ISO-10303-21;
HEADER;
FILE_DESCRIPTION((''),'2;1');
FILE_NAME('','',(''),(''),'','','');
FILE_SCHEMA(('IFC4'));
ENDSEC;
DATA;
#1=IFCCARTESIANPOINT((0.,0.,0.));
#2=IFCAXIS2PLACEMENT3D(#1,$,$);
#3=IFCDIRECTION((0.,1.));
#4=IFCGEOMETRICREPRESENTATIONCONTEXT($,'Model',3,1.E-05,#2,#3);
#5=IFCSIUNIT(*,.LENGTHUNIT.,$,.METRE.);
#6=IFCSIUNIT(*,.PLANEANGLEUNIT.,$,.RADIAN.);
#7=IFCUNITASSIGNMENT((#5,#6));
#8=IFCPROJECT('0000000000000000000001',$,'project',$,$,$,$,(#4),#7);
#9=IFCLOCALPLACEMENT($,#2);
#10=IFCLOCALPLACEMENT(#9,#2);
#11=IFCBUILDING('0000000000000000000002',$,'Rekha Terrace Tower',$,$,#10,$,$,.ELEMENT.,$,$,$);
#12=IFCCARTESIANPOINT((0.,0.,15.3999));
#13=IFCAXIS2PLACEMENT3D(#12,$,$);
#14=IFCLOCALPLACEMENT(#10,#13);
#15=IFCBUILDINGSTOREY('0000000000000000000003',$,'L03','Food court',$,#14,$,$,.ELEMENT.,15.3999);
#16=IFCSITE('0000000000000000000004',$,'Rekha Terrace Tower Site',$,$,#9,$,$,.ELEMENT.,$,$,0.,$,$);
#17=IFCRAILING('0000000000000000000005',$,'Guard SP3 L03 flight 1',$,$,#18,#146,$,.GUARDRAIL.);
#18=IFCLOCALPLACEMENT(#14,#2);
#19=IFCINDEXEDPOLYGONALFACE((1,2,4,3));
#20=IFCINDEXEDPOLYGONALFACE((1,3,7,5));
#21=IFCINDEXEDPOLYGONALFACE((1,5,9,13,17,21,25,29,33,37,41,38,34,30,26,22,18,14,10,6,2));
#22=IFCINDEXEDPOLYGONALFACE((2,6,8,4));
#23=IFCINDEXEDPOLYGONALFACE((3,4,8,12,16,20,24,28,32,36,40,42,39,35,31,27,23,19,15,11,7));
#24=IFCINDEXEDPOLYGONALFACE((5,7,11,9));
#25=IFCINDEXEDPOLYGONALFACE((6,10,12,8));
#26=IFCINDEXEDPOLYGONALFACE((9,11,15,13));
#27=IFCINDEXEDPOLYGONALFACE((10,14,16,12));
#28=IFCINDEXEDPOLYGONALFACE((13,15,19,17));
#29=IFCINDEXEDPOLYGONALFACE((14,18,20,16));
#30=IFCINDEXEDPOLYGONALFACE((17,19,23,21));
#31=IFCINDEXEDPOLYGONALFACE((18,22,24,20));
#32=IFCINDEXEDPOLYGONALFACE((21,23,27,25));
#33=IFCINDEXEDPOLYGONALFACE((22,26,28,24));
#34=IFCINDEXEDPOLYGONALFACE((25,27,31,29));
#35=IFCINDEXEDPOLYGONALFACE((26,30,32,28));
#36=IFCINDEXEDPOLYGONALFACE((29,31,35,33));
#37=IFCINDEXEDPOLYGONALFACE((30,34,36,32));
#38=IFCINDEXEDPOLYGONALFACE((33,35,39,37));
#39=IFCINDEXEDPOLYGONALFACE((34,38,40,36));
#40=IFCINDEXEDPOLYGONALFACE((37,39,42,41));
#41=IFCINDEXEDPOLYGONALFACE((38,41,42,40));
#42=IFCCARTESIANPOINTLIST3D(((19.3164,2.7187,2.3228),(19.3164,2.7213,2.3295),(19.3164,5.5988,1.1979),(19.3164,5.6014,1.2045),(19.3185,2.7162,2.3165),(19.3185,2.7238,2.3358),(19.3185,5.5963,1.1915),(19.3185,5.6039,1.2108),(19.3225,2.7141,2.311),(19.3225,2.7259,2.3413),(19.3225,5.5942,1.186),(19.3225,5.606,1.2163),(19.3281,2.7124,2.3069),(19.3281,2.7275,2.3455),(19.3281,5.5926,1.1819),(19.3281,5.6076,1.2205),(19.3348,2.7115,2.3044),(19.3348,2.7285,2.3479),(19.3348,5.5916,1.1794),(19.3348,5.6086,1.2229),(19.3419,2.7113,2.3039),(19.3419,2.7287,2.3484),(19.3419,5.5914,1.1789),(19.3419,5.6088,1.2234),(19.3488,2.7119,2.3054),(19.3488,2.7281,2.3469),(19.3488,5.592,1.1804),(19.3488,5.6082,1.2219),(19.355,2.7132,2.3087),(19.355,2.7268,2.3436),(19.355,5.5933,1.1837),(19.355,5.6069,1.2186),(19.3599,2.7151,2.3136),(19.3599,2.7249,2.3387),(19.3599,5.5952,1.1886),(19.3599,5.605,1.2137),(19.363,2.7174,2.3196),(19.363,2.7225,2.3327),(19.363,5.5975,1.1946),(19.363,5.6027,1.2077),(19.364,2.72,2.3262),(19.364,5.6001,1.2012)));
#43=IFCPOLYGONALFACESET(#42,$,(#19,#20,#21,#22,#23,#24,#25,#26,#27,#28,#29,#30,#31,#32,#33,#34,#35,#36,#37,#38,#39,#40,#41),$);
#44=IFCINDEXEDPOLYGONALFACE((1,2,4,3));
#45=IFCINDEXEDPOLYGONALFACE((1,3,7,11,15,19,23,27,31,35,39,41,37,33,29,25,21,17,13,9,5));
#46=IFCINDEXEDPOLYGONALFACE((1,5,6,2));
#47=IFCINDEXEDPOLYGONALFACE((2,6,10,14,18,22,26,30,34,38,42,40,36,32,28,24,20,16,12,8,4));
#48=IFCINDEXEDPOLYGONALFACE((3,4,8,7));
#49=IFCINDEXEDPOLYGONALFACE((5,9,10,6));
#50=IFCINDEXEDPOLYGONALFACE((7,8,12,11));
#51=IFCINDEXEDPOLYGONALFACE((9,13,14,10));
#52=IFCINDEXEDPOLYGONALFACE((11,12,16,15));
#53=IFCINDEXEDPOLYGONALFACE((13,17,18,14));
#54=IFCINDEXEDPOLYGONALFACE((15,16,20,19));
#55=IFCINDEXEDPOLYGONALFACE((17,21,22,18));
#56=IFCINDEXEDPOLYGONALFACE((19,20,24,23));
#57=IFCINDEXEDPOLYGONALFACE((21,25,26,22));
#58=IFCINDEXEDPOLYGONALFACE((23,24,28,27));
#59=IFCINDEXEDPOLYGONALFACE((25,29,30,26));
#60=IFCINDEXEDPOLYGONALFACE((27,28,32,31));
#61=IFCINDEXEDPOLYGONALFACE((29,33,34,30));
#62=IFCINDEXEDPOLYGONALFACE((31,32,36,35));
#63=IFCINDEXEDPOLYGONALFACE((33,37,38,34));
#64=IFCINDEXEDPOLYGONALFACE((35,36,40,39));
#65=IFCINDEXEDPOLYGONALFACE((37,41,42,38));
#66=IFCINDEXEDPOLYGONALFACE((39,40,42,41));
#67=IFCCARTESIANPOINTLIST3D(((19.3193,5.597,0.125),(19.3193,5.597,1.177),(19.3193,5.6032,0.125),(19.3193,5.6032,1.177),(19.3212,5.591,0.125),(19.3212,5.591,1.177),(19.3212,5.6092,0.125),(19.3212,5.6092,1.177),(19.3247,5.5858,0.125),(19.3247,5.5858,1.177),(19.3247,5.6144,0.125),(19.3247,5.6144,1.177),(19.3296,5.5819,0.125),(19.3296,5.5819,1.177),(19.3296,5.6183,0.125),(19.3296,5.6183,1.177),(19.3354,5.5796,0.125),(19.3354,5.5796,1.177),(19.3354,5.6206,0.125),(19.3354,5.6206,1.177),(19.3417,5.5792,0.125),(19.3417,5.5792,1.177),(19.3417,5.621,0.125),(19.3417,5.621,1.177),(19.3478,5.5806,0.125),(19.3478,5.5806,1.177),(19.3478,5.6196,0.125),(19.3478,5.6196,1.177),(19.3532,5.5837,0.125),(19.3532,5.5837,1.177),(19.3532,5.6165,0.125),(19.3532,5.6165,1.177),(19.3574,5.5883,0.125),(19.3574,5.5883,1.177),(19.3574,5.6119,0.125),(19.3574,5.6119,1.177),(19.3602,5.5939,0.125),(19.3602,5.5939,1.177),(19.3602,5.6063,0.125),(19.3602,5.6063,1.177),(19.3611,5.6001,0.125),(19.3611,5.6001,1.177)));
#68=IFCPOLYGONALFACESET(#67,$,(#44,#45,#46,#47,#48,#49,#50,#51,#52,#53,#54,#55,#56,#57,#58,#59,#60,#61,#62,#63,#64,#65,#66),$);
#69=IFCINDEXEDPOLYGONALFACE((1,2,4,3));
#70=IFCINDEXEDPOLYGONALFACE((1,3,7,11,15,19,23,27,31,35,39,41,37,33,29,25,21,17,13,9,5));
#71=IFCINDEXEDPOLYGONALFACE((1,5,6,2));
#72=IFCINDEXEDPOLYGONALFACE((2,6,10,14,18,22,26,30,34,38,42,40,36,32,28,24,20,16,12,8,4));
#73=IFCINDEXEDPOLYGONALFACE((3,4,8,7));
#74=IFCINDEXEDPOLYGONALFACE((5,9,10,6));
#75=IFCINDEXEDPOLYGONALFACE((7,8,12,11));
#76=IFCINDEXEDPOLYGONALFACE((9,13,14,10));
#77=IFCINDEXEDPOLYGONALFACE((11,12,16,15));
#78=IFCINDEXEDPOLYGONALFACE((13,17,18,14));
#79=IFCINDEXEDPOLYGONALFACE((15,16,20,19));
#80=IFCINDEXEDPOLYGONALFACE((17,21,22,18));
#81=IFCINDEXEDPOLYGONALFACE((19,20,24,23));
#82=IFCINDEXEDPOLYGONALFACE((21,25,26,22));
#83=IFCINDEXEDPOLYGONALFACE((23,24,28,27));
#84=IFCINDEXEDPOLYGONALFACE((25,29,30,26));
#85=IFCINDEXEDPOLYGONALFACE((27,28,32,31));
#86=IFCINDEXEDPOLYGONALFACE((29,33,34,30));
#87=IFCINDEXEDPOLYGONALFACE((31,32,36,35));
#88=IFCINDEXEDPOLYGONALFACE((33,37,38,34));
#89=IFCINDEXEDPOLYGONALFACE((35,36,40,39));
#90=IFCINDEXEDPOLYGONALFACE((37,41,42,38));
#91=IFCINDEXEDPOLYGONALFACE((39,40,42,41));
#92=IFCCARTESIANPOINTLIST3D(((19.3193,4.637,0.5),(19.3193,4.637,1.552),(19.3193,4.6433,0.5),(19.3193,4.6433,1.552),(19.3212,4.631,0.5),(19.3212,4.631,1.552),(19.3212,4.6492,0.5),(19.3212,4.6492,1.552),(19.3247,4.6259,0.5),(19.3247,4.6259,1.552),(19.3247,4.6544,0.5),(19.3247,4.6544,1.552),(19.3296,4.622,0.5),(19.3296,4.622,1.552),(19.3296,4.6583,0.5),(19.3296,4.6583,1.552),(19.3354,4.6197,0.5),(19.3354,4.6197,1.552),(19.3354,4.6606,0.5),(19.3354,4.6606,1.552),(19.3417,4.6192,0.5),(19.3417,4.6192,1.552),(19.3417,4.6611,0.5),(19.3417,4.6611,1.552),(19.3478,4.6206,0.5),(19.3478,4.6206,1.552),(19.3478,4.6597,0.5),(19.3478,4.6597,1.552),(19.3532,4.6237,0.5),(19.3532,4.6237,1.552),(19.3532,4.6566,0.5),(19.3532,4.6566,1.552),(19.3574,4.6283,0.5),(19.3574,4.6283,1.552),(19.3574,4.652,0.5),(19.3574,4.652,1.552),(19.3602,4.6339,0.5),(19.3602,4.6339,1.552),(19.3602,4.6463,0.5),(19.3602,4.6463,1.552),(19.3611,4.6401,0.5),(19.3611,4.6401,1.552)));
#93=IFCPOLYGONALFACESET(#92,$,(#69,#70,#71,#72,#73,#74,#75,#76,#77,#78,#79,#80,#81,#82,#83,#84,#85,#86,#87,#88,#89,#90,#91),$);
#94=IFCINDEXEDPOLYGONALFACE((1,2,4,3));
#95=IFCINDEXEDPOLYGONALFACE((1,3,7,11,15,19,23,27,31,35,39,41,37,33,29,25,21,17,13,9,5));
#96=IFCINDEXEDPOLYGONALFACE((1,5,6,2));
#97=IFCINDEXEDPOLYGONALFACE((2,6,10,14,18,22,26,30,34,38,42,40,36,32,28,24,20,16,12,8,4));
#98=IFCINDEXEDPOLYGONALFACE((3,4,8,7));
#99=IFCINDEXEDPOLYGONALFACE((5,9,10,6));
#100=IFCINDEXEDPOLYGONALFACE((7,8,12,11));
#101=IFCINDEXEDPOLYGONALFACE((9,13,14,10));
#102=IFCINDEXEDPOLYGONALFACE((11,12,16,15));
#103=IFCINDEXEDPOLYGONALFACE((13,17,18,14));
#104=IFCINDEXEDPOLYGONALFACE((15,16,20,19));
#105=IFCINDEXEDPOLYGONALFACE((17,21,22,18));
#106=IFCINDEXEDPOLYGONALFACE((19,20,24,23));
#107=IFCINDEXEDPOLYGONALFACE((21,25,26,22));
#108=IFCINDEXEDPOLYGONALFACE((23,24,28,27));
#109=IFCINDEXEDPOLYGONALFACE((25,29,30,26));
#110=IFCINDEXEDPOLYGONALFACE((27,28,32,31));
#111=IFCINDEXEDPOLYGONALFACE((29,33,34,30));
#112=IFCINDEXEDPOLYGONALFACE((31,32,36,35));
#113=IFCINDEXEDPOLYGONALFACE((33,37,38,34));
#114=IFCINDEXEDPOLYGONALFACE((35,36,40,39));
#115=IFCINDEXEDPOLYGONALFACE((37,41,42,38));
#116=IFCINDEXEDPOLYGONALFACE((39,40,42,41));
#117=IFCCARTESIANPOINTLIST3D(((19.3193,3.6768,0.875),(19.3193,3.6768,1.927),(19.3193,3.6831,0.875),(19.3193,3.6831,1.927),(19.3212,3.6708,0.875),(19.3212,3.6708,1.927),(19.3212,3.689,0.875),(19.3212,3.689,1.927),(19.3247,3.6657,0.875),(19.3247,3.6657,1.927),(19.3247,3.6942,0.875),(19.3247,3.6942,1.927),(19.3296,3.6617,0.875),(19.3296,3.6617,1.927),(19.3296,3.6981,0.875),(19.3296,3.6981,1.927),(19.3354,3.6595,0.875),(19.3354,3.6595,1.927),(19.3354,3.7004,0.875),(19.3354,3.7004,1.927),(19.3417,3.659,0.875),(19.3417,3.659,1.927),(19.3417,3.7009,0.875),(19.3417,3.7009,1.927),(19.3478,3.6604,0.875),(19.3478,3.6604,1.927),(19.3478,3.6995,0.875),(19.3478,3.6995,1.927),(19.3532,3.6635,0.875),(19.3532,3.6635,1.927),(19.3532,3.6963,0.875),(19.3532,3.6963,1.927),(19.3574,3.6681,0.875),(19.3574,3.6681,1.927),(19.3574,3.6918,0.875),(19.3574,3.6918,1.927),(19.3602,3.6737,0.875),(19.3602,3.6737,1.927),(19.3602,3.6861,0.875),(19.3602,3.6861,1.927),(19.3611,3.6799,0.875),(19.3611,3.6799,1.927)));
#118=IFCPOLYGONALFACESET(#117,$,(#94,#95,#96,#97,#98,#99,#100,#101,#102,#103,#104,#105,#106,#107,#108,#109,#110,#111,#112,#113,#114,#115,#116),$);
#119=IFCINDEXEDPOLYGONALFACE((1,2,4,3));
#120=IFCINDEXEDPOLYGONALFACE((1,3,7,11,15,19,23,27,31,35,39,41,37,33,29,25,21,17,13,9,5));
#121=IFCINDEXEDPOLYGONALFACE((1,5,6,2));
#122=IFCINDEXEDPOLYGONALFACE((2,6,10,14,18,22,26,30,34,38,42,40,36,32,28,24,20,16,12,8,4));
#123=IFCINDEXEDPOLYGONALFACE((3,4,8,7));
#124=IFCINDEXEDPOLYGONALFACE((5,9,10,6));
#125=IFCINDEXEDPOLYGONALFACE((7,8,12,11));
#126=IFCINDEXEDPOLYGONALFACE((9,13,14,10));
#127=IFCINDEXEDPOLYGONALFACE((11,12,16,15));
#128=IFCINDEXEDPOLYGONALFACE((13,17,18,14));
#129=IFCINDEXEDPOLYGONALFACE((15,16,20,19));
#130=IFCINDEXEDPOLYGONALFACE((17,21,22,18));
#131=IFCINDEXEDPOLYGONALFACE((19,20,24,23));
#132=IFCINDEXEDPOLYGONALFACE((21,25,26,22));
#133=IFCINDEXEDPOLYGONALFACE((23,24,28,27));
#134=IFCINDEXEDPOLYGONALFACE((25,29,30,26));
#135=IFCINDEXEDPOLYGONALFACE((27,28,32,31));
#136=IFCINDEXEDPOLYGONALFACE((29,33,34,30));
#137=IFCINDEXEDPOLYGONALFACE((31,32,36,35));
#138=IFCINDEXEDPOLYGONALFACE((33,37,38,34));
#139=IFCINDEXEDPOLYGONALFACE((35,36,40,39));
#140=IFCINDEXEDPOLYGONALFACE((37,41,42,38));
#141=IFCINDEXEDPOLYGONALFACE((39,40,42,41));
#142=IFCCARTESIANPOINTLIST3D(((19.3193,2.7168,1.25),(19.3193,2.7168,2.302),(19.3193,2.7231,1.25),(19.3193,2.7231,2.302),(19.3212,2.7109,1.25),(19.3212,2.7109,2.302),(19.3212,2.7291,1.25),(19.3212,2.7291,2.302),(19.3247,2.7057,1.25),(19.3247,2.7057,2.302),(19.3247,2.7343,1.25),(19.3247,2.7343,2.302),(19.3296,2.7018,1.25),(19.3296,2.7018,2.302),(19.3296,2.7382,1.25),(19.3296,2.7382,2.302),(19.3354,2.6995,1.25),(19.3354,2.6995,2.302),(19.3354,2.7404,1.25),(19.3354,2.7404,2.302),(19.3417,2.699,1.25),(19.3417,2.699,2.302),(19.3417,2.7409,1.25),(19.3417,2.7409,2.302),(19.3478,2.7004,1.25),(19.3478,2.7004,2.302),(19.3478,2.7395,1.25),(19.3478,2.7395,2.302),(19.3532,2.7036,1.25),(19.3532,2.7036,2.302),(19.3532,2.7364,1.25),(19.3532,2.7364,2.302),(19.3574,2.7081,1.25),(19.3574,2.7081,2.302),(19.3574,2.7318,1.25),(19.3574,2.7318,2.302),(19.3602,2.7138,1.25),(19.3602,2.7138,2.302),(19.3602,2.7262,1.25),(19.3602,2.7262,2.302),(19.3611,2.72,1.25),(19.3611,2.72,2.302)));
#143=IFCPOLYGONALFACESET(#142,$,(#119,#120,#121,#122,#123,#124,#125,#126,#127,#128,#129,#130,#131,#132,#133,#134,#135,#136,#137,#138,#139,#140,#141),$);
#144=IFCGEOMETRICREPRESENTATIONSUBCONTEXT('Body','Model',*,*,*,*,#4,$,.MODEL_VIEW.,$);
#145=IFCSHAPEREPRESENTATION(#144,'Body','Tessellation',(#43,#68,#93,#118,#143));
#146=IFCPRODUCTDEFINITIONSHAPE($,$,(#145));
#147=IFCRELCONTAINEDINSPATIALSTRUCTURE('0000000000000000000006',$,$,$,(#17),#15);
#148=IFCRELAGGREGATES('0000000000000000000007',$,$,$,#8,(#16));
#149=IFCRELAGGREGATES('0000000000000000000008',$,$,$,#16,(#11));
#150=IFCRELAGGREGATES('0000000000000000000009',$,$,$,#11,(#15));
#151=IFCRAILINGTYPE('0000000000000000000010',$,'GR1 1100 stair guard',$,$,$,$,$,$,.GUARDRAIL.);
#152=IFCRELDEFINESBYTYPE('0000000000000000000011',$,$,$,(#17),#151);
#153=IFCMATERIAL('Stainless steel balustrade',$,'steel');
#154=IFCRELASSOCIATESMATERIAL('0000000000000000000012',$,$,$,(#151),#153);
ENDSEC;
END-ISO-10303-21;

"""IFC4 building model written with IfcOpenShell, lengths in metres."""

from ifc_helpers import new_model, si_unit, direction, frame, origin, origin_2d, place, context, subcontext, project, spatial, circle, extrude, material, type_object, element, save


model = new_model("IFC4")

# Units and contexts
model_context = context("Model", 3, precision=1e-05, world=origin(), true_north=direction((0.0, 1.0)))
body_context = subcontext(model_context, "Body", "Model", "MODEL_VIEW")
ifc_project = project(units=[si_unit("LENGTHUNIT", "METRE"), si_unit("PLANEANGLEUNIT", "RADIAN")], contexts=[model_context])

# Site, building, storey
site_placement = place(None, origin())
site = spatial("IfcSite", under=ifc_project, at=site_placement, Name="Rekha Terrace Tower Site", CompositionType="ELEMENT", RefElevation=0.0)
building_placement = place(site_placement, origin())
building = spatial("IfcBuilding", under=site, at=building_placement, Name="Rekha Terrace Tower", CompositionType="ELEMENT")
storey_placement = place(building_placement, frame((0.0, 0.0, 15.3999)))
storey = spatial("IfcBuildingStorey", under=building, at=storey_placement, Name="L03", Description="Food court", CompositionType="ELEMENT", Elevation=15.3999)

# Railing
ifc_material_1 = material(Name="Stainless steel balustrade", Category="steel")
railing_type_1 = type_object("IfcRailingType", Name="GR1 1100 stair guard", PredefinedType="GUARDRAIL", material=ifc_material_1)
railing_1_placement = place(storey_placement, frame((19.3401, 5.6001, 0.125)))
element("IfcRailing", 1, at=railing_1_placement, inside=storey, type_object=railing_type_1, Name="Guard SP3 L03 flight 1", PredefinedType="GUARDRAIL", context=body_context, shape_type="SweptSolid", body=[
    extrude(circle(Radius=0.0239, at=origin_2d()), frame((0.0, 0.0, 1.0762), z_axis=(0.0, -0.931463, 0.363837), x_axis=(1.0, 0.0, 0.0)), (0.0, 0.0, 1.0), 3.092),
    extrude(circle(Radius=0.021, at=origin_2d()), origin(), (0.0, 0.0, 1.0), 1.052),
    extrude(circle(Radius=0.021, at=origin_2d()), frame((0.0, -0.96, 0.375)), (0.0, 0.0, 1.0), 1.052),
    extrude(circle(Radius=0.021, at=origin_2d()), frame((0.0, -1.9202, 0.75)), (0.0, 0.0, 1.0), 1.052),
    extrude(circle(Radius=0.021, at=origin_2d()), frame((0.0, -2.8801, 1.125)), (0.0, 0.0, 1.0), 1.052),
])

save(model, "model.ifc")
